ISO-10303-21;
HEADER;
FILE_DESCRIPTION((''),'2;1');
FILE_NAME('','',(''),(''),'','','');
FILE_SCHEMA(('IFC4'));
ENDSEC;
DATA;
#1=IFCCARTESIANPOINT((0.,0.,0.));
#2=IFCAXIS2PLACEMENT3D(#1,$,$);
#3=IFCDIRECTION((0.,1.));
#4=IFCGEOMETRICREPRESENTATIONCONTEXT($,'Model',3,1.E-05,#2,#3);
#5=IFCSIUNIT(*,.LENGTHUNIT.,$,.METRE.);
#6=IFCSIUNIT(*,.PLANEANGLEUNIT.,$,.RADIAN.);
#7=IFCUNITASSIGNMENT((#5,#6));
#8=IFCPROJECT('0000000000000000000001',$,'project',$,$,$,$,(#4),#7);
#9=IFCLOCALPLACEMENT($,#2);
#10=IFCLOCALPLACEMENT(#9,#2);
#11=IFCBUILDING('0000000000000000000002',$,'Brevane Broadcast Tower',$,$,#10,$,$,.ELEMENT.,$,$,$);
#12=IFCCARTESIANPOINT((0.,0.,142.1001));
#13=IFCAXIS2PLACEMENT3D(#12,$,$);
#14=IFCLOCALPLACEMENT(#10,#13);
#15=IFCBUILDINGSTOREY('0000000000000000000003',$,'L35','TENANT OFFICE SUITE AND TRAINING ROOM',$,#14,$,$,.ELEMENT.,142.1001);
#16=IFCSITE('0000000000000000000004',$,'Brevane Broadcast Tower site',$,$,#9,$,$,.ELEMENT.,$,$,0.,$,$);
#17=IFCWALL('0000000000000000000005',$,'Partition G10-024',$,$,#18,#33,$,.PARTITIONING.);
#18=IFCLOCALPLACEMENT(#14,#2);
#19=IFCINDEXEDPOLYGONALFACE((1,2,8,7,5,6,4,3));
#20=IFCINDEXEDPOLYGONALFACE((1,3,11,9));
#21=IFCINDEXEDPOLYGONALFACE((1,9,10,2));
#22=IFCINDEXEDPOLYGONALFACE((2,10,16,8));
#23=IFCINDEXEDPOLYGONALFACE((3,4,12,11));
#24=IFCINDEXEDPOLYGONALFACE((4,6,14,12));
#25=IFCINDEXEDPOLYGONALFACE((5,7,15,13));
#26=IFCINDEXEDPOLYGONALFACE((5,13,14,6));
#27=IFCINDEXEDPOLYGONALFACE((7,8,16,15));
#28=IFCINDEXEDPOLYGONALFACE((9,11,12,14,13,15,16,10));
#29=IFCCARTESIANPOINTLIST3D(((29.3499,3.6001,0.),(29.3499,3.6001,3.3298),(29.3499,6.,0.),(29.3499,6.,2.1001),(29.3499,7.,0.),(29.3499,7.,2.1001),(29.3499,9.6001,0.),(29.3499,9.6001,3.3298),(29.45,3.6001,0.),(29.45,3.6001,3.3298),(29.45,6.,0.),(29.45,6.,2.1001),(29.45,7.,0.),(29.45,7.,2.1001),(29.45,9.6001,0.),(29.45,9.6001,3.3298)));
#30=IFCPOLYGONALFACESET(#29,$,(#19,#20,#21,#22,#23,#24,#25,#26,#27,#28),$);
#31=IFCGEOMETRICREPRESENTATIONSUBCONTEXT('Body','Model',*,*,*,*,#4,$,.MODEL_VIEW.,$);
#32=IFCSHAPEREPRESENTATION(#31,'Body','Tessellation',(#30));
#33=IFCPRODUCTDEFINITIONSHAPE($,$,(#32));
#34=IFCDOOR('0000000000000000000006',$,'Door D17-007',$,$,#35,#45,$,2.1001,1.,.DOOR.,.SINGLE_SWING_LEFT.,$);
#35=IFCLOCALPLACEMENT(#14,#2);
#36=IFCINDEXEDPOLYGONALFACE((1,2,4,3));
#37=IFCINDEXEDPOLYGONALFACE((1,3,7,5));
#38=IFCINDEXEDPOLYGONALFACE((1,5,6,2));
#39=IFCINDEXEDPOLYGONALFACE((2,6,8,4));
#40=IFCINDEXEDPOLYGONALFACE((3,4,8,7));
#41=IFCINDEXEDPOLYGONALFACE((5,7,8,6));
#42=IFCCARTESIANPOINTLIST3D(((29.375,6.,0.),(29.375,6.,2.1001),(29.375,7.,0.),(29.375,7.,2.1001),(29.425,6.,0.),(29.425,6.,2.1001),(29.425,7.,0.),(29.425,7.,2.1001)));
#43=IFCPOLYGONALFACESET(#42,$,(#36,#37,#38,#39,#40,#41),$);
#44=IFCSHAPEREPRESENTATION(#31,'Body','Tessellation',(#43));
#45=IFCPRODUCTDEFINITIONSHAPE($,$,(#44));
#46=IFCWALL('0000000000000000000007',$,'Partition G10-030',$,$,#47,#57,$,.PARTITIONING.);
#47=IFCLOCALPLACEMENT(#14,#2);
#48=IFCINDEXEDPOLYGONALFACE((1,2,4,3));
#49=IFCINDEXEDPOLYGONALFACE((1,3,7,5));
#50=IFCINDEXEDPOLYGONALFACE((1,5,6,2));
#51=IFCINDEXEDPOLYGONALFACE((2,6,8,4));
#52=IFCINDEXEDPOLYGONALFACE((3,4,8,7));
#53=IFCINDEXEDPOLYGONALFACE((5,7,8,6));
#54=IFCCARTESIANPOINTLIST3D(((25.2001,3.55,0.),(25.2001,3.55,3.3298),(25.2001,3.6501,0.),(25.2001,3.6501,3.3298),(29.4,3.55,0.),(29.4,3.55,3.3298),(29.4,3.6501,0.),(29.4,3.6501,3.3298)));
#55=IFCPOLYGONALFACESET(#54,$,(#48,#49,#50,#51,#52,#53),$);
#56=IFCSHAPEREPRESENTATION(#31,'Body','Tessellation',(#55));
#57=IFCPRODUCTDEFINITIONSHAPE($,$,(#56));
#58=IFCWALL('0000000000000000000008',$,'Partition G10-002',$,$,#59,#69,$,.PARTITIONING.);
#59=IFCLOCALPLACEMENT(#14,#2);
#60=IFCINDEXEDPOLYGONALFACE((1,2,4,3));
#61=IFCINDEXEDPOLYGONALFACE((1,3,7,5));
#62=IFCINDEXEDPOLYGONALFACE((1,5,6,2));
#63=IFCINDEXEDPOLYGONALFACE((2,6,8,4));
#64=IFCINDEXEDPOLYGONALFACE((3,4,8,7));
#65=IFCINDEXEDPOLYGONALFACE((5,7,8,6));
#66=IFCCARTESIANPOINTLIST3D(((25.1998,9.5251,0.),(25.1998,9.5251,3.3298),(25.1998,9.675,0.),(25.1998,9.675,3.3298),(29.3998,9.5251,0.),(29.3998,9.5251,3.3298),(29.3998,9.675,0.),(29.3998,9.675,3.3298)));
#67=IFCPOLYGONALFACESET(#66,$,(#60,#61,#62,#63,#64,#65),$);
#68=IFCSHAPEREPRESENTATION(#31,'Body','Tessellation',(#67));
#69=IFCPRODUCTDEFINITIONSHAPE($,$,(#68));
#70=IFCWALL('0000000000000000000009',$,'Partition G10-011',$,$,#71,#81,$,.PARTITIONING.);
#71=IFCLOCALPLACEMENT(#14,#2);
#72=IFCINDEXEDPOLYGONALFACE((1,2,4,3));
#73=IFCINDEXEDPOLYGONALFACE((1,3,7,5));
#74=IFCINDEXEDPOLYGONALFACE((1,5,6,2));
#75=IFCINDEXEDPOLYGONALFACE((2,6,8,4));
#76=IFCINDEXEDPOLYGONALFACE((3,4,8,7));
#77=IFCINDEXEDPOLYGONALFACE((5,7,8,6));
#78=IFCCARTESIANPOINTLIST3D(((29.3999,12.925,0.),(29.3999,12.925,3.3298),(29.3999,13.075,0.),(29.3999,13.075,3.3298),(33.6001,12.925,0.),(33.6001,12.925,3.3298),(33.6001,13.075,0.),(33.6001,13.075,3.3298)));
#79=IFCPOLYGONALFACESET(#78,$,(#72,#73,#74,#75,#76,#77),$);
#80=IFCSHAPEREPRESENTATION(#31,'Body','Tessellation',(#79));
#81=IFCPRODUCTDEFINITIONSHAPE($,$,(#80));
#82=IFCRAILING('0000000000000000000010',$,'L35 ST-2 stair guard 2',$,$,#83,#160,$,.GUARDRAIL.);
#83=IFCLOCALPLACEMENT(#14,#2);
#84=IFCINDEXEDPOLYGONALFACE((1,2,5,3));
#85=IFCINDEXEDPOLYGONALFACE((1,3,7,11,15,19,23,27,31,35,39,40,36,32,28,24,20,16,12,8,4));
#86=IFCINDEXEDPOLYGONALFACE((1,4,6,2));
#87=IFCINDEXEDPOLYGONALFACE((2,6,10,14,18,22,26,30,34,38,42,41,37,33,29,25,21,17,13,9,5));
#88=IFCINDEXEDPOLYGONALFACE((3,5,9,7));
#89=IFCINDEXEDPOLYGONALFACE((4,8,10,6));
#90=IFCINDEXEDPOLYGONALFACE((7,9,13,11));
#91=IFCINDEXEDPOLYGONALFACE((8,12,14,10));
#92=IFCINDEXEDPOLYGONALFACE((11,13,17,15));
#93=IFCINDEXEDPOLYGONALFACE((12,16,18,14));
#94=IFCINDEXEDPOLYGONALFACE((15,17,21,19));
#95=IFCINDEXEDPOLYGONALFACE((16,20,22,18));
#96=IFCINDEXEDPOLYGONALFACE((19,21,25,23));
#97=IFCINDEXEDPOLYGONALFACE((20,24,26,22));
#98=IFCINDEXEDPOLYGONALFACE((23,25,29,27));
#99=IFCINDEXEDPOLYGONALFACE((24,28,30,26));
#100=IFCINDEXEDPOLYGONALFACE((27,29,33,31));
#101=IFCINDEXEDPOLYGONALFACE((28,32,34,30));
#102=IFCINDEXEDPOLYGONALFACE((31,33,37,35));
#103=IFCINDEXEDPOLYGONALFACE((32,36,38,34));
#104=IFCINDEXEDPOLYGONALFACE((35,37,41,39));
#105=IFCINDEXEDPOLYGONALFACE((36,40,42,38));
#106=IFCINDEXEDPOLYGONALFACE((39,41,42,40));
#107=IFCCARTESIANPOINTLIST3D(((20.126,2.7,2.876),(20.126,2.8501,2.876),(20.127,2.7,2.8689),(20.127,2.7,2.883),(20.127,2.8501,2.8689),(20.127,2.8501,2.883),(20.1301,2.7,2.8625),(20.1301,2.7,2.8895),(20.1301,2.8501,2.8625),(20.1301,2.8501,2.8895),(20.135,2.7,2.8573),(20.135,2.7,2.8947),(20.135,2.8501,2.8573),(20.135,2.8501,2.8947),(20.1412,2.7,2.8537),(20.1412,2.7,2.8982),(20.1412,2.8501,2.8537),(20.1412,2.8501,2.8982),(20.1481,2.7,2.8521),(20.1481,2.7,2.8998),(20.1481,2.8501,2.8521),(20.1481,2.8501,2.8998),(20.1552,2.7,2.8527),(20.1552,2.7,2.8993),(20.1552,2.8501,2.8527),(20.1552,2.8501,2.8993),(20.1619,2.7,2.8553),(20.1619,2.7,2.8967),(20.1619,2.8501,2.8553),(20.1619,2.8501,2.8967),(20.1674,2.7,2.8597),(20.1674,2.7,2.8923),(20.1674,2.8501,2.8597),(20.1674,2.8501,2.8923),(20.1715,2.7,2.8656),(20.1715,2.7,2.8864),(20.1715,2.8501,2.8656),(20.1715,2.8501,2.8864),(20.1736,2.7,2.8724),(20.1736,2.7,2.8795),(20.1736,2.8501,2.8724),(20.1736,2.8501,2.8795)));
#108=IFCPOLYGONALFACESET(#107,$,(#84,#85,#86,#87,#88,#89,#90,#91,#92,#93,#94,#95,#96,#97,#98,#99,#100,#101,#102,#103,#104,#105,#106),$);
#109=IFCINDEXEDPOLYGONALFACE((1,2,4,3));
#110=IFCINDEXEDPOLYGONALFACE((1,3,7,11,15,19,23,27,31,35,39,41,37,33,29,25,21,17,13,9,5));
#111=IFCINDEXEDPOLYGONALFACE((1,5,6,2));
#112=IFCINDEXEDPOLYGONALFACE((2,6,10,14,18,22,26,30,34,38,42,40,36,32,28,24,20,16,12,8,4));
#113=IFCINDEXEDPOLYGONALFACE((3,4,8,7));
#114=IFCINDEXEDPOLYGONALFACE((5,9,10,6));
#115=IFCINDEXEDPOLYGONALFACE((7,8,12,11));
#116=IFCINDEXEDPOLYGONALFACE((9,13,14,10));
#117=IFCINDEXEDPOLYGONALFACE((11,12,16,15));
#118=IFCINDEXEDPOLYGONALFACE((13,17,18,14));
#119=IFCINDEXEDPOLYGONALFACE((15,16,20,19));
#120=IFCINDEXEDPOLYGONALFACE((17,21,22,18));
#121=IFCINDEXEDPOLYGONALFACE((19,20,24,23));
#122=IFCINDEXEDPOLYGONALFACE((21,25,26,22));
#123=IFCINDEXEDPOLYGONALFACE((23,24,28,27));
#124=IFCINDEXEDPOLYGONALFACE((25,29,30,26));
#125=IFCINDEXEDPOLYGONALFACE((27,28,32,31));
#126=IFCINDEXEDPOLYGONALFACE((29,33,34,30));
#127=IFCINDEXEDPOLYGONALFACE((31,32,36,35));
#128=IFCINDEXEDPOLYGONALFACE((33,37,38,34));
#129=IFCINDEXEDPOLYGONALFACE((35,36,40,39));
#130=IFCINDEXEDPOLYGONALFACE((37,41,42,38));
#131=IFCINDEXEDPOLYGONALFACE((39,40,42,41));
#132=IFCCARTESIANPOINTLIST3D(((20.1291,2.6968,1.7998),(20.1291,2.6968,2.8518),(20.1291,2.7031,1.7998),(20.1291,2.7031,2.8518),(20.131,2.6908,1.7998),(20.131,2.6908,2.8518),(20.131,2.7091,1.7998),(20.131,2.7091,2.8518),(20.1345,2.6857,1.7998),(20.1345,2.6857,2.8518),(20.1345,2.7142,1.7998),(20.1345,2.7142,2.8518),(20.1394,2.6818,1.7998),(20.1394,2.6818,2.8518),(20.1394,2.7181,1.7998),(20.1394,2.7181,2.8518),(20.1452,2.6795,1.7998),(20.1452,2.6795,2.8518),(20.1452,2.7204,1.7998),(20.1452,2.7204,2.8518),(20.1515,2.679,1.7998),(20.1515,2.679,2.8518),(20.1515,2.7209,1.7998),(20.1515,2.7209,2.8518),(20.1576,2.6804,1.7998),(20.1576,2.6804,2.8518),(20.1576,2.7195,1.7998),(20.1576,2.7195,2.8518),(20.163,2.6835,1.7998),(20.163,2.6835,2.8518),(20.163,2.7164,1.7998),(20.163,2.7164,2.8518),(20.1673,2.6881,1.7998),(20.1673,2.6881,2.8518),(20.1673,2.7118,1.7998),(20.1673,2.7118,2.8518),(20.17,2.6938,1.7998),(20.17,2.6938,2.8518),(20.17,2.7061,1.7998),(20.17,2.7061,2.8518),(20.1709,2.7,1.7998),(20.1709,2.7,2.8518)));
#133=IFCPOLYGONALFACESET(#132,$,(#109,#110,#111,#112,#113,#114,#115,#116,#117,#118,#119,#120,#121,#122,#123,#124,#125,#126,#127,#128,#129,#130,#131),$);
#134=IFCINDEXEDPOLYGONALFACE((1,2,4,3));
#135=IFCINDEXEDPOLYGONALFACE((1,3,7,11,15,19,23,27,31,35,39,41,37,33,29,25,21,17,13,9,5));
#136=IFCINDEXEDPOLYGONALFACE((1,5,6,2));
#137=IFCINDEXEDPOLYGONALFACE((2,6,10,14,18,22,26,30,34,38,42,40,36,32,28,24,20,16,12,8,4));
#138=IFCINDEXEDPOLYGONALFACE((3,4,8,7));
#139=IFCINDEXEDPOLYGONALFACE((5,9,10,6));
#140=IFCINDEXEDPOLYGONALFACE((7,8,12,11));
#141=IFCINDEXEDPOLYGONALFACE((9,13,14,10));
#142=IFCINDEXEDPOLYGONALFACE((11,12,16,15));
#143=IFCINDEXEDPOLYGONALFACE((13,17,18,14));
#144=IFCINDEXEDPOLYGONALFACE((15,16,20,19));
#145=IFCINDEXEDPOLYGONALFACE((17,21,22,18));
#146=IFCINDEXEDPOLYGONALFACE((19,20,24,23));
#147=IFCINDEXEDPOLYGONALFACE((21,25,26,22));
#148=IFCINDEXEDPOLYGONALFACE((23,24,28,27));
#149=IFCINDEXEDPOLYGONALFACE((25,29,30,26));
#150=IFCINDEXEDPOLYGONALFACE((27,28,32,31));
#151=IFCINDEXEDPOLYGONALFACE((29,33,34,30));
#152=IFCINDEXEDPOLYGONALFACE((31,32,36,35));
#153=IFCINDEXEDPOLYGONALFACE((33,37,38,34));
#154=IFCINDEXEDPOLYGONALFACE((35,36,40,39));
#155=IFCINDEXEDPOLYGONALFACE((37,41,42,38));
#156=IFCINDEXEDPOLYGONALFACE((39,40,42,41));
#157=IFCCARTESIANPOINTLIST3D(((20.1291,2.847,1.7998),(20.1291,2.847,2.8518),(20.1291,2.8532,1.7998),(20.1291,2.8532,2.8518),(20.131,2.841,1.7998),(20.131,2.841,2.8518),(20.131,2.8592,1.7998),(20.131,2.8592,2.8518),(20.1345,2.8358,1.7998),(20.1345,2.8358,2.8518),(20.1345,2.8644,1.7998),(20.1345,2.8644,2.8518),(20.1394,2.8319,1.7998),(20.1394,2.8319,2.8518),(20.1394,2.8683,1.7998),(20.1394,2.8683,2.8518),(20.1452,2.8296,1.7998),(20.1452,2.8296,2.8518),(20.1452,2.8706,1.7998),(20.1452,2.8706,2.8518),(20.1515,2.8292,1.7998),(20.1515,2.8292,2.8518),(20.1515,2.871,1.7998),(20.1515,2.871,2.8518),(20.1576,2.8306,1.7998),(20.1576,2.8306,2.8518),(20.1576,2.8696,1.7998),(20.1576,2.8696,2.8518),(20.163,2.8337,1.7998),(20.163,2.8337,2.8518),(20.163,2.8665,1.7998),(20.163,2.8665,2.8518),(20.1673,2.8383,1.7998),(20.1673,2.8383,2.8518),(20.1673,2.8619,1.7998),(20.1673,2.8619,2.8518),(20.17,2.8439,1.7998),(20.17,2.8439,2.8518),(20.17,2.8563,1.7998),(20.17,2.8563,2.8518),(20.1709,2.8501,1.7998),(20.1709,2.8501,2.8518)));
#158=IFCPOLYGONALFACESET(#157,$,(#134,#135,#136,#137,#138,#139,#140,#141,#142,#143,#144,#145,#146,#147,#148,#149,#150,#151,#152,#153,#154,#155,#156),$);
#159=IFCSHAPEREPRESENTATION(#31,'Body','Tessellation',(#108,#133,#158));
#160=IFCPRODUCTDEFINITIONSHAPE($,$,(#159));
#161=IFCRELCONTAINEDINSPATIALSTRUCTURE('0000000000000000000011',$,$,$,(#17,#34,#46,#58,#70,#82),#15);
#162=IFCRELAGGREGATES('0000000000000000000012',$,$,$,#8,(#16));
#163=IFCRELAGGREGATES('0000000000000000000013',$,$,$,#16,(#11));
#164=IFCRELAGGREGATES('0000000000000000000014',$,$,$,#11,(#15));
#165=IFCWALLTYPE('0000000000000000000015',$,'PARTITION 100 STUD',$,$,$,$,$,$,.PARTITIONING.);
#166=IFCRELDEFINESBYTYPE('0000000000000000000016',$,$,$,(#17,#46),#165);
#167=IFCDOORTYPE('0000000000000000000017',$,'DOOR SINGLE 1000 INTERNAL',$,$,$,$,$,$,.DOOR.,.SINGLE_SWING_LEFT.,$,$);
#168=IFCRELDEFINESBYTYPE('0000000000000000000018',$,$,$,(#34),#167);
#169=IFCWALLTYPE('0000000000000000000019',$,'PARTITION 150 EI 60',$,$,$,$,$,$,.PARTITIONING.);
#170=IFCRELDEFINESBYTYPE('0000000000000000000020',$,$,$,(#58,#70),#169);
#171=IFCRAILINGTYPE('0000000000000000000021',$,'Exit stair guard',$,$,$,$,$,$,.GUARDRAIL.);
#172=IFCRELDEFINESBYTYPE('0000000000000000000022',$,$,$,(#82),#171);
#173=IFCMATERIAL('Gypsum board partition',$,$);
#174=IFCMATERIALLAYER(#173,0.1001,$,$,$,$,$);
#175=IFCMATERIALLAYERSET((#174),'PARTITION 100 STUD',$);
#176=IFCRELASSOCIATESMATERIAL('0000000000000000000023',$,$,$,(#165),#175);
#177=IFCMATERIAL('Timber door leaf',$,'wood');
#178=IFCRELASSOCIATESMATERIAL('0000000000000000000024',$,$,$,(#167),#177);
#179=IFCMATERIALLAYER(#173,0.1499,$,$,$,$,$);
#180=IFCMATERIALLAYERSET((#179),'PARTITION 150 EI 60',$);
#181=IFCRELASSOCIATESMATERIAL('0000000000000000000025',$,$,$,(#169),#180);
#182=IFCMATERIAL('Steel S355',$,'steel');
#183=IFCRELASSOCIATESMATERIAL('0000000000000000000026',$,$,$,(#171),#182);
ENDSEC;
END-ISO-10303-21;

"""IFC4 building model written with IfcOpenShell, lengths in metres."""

from ifc_helpers import new_model, si_unit, direction, frame, frame_2d, origin, origin_2d, place, context, subcontext, project, spatial, rectangle, circle, extrude, material, layer, layer_set, type_object, element, fill, save


model = new_model("IFC4")

# Units and contexts
model_context = context("Model", 3, precision=1e-05, world=origin(), true_north=direction((0.0, 1.0)))
body_context = subcontext(model_context, "Body", "Model", "MODEL_VIEW")
ifc_project = project(units=[si_unit("LENGTHUNIT", "METRE"), si_unit("PLANEANGLEUNIT", "RADIAN")], contexts=[model_context])

# Site, building, storey
site_placement = place(None, origin())
site = spatial("IfcSite", under=ifc_project, at=site_placement, Name="Brevane Broadcast Tower site", CompositionType="ELEMENT", RefElevation=0.0)
building_placement = place(site_placement, origin())
building = spatial("IfcBuilding", under=site, at=building_placement, Name="Brevane Broadcast Tower", CompositionType="ELEMENT")
storey_placement = place(building_placement, frame((0.0, 0.0, 142.1001)))
storey = spatial("IfcBuildingStorey", under=building, at=storey_placement, Name="L35", Description="TENANT OFFICE SUITE AND TRAINING ROOM", CompositionType="ELEMENT", Elevation=142.1001)

# Wall, opening, door
ifc_material_1 = material(Name="Gypsum board partition")
ifc_layer_1 = layer(ifc_material_1, 0.1001)
ifc_layer_set_1 = layer_set([ifc_layer_1], Name="PARTITION 100 STUD")
wall_type_1 = type_object("IfcWallType", Name="PARTITION 100 STUD", PredefinedType="PARTITIONING", material=ifc_layer_set_1)
ifc_material_2 = material(Name="Timber door leaf", Category="wood")
door_type_1 = type_object("IfcDoorType", Name="DOOR SINGLE 1000 INTERNAL", OperationType="SINGLE_SWING_LEFT", PredefinedType="DOOR", material=ifc_material_2)
wall_1_placement = place(storey_placement, frame((29.3999, 3.6001, 0.0), z_axis=(0.0, 0.0, 1.0), x_axis=(0.0, 1.0, 0.0)))
wall_1 = element("IfcWall", 1, at=wall_1_placement, inside=storey, type_object=wall_type_1, Name="Partition G10-024", PredefinedType="PARTITIONING", context=body_context, shape_type="SweptSolid", body=[
    extrude(rectangle(XDim=6.0, YDim=0.1001, at=frame_2d((3.0, 0.0))), origin(), (0.0, 0.0, 1.0), 3.3298),
])
opening_1_placement = place(wall_1_placement, frame((2.3999, 0.0, 0.0)))
opening_1 = element("IfcOpeningElement", 2, at=opening_1_placement, cuts=wall_1, PredefinedType="OPENING", context=body_context, shape_type="SweptSolid", body=[
    extrude(rectangle(XDim=1.0, YDim=2.1001, at=frame_2d((0.5, 1.05))), frame((0.0, 0.0601, 0.0), z_axis=(0.0, -1.0, 0.0), x_axis=(1.0, 0.0, 0.0)), (0.0, 0.0, 1.0), 0.1201),
])
door_1_placement = place(opening_1_placement, origin())
door_1 = element("IfcDoor", 3, at=door_1_placement, inside=storey, type_object=door_type_1, Name="Door D17-007", OperationType="SINGLE_SWING_LEFT", OverallHeight=2.1001, OverallWidth=1.0, PredefinedType="DOOR", context=body_context, shape_type="SweptSolid", body=[
    extrude(rectangle(XDim=1.0, YDim=2.1001, at=frame_2d((0.5, 1.05))), frame((0.0, 0.0249, 0.0), z_axis=(0.0, -1.0, 0.0), x_axis=(1.0, 0.0, 0.0)), (0.0, 0.0, 1.0), 0.05),
])
fill(opening_1, door_1)

# Walls
wall_2_placement = place(storey_placement, frame((25.2, 3.6001, 0.0), z_axis=(0.0, 0.0, 1.0), x_axis=(1.0, 0.0, 0.0)))
element("IfcWall", 4, at=wall_2_placement, inside=storey, type_object=wall_type_1, Name="Partition G10-030", PredefinedType="PARTITIONING", context=body_context, shape_type="SweptSolid", body=[
    extrude(rectangle(XDim=4.2, YDim=0.1001, at=frame_2d((2.1001, 0.0))), origin(), (0.0, 0.0, 1.0), 3.3298),
])
ifc_layer_2 = layer(ifc_material_1, 0.1499)
ifc_layer_set_2 = layer_set([ifc_layer_2], Name="PARTITION 150 EI 60")
wall_type_2 = type_object("IfcWallType", Name="PARTITION 150 EI 60", PredefinedType="PARTITIONING", material=ifc_layer_set_2)
wall_3_placement = place(storey_placement, frame((29.3999, 9.6001, 0.0), z_axis=(0.0, 0.0, 1.0), x_axis=(-1.0, 0.0, 0.0)))
element("IfcWall", 5, at=wall_3_placement, inside=storey, type_object=wall_type_2, Name="Partition G10-002", PredefinedType="PARTITIONING", context=body_context, shape_type="SweptSolid", body=[
    extrude(rectangle(XDim=4.2, YDim=0.1499, at=frame_2d((2.1001, 0.0))), origin(), (0.0, 0.0, 1.0), 3.3298),
])
wall_4_placement = place(storey_placement, frame((29.3999, 13.0, 0.0), z_axis=(0.0, 0.0, 1.0), x_axis=(1.0, 0.0, 0.0)))
element("IfcWall", 6, at=wall_4_placement, inside=storey, type_object=wall_type_2, Name="Partition G10-011", PredefinedType="PARTITIONING", context=body_context, shape_type="SweptSolid", body=[
    extrude(rectangle(XDim=4.2002, YDim=0.1499, at=frame_2d((2.1001, 0.0))), origin(), (0.0, 0.0, 1.0), 3.3298),
])

# Railing
ifc_material_3 = material(Name="Steel S355", Category="steel")
railing_type_1 = type_object("IfcRailingType", Name="Exit stair guard", PredefinedType="GUARDRAIL", material=ifc_material_3)
railing_1_placement = place(storey_placement, frame((20.1499, 2.7, 1.7998)))
element("IfcRailing", 7, at=railing_1_placement, inside=storey, type_object=railing_type_1, Name="L35 ST-2 stair guard 2", PredefinedType="GUARDRAIL", context=body_context, shape_type="SweptSolid", body=[
    extrude(circle(Radius=0.0239, at=origin_2d()), frame((0.0, 0.0, 1.0762), z_axis=(0.0, 1.0, 0.0), x_axis=(-1.0, 0.0, 0.0)), (0.0, 0.0, 1.0), 0.1501),
    extrude(circle(Radius=0.021, at=origin_2d()), origin(), (0.0, 0.0, 1.0), 1.052),
    extrude(circle(Radius=0.021, at=origin_2d()), frame((0.0, 0.1501, 0.0)), (0.0, 0.0, 1.0), 1.052),
])

save(model, "model.ifc")
